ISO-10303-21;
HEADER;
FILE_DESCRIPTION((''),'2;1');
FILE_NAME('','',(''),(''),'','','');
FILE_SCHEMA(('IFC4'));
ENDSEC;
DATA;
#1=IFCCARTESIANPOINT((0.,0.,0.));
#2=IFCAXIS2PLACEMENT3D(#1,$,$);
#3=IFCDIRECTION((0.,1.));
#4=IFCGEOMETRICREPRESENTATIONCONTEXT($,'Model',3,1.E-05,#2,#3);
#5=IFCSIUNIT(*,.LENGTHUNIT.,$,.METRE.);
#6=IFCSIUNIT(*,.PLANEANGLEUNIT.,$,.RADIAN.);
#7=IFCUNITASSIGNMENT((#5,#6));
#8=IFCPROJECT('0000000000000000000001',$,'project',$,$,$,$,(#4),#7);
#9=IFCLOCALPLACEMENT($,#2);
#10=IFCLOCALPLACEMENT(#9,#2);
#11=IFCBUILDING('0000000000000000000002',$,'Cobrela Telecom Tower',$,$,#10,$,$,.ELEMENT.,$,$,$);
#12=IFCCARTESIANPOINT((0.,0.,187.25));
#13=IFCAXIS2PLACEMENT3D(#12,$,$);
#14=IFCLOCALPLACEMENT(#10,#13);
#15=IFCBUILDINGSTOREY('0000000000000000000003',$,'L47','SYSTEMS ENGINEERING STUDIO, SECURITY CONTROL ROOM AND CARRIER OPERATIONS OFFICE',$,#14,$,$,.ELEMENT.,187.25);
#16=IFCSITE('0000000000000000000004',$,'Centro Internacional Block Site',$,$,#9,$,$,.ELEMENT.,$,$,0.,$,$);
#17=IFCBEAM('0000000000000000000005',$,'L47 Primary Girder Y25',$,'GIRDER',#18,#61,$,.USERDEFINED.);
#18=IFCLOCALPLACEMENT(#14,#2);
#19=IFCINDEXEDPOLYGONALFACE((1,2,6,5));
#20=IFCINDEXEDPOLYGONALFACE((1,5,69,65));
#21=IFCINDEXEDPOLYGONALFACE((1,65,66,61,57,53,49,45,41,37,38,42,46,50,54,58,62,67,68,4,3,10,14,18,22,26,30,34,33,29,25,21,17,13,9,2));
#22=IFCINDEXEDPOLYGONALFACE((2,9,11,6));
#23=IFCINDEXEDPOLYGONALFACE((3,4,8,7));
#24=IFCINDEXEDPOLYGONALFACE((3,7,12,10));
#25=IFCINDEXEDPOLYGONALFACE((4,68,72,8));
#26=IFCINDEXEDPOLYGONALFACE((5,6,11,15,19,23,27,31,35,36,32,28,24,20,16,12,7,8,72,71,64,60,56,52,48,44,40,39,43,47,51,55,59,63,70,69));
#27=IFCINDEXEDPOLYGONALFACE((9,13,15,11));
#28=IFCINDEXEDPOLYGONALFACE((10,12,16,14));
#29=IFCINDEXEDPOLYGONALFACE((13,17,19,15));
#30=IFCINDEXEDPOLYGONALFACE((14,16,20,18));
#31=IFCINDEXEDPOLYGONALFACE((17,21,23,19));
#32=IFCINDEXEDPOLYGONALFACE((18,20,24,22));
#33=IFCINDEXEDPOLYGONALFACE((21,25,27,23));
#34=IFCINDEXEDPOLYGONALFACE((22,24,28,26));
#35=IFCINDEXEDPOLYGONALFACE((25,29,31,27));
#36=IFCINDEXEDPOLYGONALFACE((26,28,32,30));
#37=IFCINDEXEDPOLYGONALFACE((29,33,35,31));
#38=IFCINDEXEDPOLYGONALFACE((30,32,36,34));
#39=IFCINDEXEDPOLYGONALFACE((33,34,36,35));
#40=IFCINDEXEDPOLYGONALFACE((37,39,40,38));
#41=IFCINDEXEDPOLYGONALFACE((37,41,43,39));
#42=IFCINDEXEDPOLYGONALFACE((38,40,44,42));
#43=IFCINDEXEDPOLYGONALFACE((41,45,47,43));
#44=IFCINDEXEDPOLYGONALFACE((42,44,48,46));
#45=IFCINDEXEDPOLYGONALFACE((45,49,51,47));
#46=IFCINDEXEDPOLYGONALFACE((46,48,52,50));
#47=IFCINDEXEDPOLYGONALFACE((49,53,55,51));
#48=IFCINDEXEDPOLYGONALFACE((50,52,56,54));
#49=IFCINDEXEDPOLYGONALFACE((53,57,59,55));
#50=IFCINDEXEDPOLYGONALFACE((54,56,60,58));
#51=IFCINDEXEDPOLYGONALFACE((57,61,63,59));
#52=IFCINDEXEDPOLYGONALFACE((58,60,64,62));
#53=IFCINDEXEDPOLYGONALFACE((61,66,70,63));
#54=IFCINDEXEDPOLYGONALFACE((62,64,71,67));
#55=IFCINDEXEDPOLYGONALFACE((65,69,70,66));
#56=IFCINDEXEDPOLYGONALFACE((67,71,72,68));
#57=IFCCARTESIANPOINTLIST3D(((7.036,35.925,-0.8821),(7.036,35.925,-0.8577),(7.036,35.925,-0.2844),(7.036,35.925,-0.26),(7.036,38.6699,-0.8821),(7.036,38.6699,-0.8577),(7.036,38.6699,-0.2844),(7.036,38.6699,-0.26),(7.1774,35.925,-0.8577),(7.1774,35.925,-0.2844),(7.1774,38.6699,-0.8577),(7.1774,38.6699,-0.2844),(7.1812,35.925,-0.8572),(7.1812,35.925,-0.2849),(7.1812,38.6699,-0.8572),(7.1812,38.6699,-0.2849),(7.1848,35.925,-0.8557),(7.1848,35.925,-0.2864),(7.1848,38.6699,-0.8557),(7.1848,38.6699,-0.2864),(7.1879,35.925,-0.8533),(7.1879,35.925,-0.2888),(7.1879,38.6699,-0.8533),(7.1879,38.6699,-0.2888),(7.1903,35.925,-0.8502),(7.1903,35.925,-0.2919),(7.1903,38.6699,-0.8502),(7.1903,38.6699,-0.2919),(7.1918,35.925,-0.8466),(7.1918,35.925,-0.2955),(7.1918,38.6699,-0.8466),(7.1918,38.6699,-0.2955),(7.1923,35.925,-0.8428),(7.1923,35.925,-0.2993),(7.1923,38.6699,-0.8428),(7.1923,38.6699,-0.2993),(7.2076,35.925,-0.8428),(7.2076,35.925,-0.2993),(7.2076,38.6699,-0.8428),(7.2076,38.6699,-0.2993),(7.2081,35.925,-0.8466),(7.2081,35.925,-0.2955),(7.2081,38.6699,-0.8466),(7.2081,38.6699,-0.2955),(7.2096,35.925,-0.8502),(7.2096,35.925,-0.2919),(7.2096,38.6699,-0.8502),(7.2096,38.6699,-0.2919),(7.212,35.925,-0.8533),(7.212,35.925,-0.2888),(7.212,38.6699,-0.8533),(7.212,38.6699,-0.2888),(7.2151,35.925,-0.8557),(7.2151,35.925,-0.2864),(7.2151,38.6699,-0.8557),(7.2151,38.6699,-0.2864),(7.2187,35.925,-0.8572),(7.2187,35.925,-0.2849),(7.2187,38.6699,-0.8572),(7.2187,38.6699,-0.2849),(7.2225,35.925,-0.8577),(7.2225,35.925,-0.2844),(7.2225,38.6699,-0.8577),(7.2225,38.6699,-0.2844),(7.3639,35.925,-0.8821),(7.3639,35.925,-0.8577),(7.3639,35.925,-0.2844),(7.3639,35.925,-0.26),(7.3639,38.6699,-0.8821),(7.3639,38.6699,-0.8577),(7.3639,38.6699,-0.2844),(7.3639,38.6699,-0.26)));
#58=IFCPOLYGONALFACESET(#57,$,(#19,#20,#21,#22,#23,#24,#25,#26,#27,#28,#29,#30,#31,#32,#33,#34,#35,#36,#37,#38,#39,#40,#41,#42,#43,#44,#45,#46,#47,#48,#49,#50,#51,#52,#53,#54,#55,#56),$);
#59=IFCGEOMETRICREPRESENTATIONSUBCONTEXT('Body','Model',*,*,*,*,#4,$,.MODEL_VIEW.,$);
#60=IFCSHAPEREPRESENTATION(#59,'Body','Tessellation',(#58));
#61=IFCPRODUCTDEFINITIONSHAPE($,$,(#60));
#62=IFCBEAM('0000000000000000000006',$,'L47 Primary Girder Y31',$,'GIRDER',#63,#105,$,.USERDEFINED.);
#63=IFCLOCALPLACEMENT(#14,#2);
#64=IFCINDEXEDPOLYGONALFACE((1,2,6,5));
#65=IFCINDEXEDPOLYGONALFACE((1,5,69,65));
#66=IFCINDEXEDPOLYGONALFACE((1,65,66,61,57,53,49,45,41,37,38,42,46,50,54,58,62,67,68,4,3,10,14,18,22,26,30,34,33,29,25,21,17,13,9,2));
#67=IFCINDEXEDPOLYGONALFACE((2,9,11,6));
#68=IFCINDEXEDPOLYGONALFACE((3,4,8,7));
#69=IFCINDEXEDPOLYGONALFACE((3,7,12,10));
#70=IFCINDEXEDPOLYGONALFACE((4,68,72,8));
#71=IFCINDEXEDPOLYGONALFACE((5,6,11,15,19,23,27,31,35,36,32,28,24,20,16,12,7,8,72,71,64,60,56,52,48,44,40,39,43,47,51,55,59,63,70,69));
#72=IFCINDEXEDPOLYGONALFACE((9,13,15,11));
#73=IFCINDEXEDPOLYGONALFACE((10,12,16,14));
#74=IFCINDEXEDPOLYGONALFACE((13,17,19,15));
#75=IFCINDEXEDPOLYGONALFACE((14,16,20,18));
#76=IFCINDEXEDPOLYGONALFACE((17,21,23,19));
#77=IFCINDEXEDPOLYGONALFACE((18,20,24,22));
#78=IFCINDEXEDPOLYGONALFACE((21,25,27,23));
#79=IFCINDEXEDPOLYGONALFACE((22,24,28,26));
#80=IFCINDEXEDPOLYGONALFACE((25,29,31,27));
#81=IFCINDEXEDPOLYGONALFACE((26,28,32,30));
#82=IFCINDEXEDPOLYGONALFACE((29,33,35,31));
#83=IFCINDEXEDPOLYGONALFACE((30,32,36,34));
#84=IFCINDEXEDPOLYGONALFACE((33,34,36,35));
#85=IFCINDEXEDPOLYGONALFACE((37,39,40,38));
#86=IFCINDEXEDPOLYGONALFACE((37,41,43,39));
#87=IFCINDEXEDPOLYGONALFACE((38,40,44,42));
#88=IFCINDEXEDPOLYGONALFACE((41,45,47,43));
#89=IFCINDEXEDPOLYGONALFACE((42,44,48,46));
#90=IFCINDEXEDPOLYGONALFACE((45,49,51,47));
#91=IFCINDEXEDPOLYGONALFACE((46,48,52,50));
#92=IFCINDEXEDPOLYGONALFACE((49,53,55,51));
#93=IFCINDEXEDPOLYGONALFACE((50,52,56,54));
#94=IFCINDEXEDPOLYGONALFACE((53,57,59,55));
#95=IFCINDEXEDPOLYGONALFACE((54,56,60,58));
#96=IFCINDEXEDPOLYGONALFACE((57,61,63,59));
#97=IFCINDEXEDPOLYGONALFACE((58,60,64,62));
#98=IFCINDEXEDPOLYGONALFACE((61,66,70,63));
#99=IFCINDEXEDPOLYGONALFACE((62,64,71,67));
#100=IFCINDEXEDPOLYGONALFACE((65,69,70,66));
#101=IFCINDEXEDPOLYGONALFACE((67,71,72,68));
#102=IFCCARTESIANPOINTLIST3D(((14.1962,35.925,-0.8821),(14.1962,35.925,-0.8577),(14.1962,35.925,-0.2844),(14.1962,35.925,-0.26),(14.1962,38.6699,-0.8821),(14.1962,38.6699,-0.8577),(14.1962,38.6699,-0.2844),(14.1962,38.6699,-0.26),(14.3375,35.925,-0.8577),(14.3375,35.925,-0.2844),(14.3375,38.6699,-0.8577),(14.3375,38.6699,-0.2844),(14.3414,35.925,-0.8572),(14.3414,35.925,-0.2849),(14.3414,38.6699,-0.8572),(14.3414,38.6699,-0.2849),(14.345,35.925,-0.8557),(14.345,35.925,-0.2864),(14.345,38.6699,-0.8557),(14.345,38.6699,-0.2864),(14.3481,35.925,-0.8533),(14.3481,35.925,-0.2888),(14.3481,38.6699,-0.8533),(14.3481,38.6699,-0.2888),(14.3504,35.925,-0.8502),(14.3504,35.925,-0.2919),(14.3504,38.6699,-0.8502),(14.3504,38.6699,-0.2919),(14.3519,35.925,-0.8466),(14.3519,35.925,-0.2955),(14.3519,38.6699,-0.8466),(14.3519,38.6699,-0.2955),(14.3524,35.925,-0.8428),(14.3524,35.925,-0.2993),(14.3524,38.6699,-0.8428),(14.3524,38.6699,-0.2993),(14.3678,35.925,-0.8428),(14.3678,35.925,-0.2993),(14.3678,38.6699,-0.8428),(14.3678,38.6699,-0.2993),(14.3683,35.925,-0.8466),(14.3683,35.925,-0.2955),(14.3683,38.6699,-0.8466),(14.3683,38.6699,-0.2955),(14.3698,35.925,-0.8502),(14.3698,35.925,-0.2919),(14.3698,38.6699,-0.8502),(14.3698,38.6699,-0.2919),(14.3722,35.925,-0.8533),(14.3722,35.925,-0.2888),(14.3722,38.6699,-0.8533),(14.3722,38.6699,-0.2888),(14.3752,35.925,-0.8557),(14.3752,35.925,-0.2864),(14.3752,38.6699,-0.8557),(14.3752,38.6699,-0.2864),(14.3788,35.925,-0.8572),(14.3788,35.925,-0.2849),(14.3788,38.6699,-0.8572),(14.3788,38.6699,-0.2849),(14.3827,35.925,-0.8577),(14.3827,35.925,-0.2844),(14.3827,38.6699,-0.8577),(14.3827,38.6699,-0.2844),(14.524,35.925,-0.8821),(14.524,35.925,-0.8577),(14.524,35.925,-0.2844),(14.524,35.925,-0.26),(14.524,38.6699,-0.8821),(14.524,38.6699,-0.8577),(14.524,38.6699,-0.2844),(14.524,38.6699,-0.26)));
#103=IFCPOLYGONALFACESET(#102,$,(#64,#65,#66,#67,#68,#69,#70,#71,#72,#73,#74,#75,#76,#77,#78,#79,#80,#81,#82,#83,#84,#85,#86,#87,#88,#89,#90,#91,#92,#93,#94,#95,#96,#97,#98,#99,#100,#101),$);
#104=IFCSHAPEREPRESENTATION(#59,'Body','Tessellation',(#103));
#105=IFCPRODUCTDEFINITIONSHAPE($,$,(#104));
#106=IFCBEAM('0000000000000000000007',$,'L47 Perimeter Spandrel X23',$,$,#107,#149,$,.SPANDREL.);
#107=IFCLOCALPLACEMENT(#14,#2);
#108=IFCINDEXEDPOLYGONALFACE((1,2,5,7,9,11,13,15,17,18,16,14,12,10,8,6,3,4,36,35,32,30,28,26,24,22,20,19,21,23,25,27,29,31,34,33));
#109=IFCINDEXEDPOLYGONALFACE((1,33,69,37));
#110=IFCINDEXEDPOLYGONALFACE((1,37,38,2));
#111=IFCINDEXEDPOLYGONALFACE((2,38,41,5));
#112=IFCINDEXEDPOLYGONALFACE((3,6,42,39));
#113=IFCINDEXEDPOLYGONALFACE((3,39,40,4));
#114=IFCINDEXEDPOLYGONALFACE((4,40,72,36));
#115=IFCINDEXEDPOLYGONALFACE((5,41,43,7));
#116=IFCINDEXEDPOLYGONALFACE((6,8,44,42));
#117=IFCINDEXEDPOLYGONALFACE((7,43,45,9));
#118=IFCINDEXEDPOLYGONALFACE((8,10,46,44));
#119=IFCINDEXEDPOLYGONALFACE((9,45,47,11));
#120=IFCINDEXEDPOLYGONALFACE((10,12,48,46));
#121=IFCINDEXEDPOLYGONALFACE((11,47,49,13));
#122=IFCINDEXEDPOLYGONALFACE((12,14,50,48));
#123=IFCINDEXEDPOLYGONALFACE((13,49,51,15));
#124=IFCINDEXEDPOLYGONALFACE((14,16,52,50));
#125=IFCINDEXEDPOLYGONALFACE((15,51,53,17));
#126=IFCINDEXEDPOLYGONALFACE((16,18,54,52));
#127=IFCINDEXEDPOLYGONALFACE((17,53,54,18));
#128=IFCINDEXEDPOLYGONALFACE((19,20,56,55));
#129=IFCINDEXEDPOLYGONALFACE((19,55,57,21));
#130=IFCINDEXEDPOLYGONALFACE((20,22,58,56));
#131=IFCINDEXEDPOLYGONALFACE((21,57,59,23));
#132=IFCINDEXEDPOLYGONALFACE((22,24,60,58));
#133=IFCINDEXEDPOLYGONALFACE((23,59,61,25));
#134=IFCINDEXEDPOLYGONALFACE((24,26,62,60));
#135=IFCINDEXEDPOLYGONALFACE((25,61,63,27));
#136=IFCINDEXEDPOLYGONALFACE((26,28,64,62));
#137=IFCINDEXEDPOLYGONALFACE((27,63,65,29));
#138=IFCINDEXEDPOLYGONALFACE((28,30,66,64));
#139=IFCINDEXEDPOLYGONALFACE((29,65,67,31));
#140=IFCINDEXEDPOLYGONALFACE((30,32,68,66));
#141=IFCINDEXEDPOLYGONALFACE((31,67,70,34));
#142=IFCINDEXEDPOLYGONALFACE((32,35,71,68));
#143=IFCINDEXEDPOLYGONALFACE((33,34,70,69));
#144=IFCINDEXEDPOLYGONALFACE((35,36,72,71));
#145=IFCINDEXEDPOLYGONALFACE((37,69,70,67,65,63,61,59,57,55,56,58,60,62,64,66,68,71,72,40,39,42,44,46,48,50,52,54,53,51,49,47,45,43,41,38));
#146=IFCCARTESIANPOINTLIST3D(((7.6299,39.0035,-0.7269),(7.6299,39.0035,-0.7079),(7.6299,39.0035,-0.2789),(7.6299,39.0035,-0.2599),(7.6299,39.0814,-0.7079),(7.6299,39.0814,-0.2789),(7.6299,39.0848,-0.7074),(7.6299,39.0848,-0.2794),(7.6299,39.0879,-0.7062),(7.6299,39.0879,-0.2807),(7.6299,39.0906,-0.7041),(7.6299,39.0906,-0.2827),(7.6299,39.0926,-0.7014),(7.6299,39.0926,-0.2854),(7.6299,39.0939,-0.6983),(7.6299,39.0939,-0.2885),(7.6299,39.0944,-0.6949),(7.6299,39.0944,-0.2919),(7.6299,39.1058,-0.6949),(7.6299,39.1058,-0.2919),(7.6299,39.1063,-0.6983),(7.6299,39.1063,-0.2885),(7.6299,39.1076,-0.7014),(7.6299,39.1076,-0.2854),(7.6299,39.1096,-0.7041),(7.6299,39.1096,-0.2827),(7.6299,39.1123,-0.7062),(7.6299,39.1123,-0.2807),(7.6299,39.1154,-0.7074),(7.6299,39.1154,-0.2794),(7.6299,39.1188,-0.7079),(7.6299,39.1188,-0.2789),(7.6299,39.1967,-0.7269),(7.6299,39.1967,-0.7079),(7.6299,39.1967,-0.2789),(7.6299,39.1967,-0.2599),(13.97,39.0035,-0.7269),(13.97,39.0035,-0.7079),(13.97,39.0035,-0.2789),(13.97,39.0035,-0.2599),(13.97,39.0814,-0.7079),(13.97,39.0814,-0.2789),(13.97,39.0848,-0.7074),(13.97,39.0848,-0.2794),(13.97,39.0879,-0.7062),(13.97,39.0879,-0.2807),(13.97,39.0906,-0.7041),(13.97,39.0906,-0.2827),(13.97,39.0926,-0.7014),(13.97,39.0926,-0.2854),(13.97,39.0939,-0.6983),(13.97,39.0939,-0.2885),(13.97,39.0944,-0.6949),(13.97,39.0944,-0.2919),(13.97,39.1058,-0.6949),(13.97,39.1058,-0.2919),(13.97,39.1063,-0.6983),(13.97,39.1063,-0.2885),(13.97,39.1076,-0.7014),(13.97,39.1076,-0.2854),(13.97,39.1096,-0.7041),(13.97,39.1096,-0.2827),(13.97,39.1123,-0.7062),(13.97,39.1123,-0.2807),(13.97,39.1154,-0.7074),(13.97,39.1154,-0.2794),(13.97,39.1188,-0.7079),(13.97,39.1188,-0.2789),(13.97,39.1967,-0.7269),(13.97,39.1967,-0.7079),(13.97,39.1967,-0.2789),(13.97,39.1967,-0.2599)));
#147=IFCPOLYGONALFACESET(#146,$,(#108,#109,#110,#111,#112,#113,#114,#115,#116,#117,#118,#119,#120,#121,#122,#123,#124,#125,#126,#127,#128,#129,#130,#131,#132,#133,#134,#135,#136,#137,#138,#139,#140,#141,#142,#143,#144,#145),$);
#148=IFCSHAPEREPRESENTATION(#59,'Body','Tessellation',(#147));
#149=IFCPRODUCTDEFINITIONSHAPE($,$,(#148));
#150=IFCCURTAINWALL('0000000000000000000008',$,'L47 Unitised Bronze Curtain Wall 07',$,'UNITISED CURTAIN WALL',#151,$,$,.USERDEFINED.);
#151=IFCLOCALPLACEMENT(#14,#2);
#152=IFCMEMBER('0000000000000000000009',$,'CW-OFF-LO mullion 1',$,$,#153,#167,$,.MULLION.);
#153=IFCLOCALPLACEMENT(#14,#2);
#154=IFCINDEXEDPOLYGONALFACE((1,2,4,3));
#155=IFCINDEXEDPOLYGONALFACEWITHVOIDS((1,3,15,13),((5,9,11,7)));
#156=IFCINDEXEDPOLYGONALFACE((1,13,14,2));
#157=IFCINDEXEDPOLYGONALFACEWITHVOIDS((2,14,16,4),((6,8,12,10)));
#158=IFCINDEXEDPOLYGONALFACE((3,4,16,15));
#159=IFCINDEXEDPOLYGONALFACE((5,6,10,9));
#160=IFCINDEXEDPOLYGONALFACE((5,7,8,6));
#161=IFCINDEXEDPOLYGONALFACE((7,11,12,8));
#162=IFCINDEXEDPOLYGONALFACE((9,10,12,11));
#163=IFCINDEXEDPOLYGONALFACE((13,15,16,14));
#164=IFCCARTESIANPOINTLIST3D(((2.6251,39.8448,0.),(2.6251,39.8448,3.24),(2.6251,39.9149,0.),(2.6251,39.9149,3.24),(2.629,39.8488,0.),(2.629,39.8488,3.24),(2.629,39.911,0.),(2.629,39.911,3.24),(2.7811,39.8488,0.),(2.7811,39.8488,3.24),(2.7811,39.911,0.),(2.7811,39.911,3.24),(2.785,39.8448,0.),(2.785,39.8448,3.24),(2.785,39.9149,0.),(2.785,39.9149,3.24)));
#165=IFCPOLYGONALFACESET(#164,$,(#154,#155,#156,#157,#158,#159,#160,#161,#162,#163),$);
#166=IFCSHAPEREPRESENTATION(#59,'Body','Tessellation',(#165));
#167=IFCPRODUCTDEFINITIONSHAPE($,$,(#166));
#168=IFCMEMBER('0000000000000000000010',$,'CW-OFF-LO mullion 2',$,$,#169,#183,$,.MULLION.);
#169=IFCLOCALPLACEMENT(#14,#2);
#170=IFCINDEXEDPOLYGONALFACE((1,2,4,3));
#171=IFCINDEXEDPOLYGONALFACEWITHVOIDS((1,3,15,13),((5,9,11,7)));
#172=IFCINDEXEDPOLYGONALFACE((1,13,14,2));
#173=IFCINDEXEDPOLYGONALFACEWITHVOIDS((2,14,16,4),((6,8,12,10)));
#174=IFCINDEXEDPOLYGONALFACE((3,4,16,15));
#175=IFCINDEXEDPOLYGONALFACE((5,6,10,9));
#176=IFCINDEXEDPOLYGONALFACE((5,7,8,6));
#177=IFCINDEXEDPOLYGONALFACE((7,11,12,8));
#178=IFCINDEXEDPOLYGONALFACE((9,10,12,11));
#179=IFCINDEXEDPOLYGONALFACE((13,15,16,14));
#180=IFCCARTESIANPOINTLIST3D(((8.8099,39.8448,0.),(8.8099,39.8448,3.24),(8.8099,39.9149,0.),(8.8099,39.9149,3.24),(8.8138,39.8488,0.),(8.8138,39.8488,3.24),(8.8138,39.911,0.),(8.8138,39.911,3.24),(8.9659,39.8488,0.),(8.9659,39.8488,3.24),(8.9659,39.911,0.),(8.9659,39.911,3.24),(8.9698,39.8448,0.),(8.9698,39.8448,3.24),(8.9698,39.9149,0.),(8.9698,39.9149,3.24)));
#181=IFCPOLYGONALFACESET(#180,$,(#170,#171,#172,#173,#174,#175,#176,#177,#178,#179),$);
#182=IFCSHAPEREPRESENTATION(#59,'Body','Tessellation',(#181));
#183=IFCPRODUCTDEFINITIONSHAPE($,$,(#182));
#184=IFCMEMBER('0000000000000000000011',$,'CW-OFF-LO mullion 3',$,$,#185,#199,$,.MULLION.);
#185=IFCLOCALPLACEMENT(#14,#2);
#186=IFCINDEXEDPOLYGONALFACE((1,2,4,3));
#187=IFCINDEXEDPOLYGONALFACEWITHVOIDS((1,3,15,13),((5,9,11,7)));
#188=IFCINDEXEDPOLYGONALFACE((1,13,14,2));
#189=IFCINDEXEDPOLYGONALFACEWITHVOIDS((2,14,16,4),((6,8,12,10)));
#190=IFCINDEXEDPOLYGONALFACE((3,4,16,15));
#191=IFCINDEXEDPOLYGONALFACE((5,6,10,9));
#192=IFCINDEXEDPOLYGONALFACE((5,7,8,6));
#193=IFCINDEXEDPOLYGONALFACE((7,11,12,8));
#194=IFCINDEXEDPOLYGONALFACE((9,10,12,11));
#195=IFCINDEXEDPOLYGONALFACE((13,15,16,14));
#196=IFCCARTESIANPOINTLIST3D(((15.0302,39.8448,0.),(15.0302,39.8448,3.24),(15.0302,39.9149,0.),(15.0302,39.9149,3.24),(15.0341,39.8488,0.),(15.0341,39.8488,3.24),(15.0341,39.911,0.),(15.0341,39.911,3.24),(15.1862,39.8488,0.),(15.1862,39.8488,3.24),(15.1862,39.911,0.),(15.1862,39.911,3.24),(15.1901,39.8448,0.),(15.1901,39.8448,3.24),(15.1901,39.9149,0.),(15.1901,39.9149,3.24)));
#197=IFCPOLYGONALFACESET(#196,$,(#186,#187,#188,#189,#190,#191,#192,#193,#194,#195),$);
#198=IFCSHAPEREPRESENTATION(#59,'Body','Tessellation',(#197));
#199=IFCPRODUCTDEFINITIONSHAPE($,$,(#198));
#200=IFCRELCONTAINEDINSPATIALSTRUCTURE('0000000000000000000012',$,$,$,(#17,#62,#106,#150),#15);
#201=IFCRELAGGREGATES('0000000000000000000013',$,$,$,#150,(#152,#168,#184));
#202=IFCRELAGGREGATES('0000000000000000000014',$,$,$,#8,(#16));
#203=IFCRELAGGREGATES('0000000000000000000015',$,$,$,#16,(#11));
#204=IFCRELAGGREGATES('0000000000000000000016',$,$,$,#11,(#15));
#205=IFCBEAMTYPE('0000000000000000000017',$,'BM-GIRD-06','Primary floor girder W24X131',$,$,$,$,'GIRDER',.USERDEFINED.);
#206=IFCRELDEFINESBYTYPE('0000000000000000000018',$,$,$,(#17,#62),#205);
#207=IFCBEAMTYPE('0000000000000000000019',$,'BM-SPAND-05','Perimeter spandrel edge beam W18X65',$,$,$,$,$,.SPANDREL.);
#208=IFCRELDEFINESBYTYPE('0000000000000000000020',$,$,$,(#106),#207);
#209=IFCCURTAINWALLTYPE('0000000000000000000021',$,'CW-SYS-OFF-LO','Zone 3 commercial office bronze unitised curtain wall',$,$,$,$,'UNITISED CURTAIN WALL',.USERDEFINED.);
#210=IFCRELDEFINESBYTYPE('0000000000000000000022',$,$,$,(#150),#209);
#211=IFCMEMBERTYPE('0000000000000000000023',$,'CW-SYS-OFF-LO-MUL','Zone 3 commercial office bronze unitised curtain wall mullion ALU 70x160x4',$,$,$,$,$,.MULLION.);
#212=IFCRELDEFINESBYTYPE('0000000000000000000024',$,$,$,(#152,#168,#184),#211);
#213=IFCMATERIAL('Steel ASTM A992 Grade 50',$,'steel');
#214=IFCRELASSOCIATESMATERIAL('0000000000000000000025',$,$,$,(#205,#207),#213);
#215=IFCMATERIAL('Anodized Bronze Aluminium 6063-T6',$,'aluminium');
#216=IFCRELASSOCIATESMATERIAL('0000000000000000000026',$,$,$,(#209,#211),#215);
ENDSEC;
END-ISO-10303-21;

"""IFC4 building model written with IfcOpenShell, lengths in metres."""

from ifc_helpers import new_model, si_unit, direction, frame, origin, origin_2d, place, context, subcontext, project, spatial, hollow_rectangle, i_section, extrude, material, material_profile, profile_set, type_object, element, aggregate, save


model = new_model("IFC4")

# Units and contexts
model_context = context("Model", 3, precision=1e-05, world=origin(), true_north=direction((0.0, 1.0)))
body_context = subcontext(model_context, "Body", "Model", "MODEL_VIEW")
ifc_project = project(units=[si_unit("LENGTHUNIT", "METRE"), si_unit("PLANEANGLEUNIT", "RADIAN")], contexts=[model_context])

# Site, building, storey
site_placement = place(None, origin())
site = spatial("IfcSite", under=ifc_project, at=site_placement, Name="Centro Internacional Block Site", CompositionType="ELEMENT", RefElevation=0.0)
building_placement = place(site_placement, origin())
building = spatial("IfcBuilding", under=site, at=building_placement, Name="Cobrela Telecom Tower", CompositionType="ELEMENT")
storey_placement = place(building_placement, frame((0.0, 0.0, 187.25)))
storey = spatial("IfcBuildingStorey", under=building, at=storey_placement, Name="L47", Description="SYSTEMS ENGINEERING STUDIO, SECURITY CONTROL ROOM AND CARRIER OPERATIONS OFFICE", CompositionType="ELEMENT", Elevation=187.25)

# Beams
ifc_material_1 = material(Name="Steel ASTM A992 Grade 50", Category="steel")
ifc_material_profile_1 = material_profile(ifc_material_1, i_section(OverallWidth=0.3279, OverallDepth=0.6221, WebThickness=0.0154, FlangeThickness=0.0244, FilletRadius=0.0149, at=origin_2d()), Name="W24X131")
ifc_profile_set_1 = profile_set([ifc_material_profile_1], Name="Steel ASTM A992 Grade 50")
beam_type_1 = type_object("IfcBeamType", Name="BM-GIRD-06", Description="Primary floor girder W24X131", ElementType="GIRDER", PredefinedType="USERDEFINED", material=ifc_profile_set_1)
for number, where, z_axis, x_axis, name in (
    (1, (7.2, 35.925, -0.571), (0.0, 1.0, 0.0), (-1.0, 0.0, 0.0), "L47 Primary Girder Y25"),
    (2, (14.3601, 35.925, -0.571), (0.0, 1.0, 0.0), (-1.0, 0.0, 0.0), "L47 Primary Girder Y31"),
):
    element("IfcBeam", number, at=place(storey_placement, frame(where, z_axis=z_axis, x_axis=x_axis)), inside=storey, type_object=beam_type_1, Name=name, ObjectType="GIRDER", PredefinedType="USERDEFINED", context=body_context, shape_type="SweptSolid", body=[
        extrude(i_section(OverallWidth=0.3279, OverallDepth=0.6221, WebThickness=0.0154, FlangeThickness=0.0244, FilletRadius=0.0149, at=origin_2d()), origin(), (0.0, 0.0, 1.0), 2.7449),
    ])
ifc_material_profile_2 = material_profile(ifc_material_1, i_section(OverallWidth=0.1931, OverallDepth=0.467, WebThickness=0.0115, FlangeThickness=0.019, FilletRadius=0.0129, at=origin_2d()), Name="W18X65")
ifc_profile_set_2 = profile_set([ifc_material_profile_2], Name="Steel ASTM A992 Grade 50")
beam_type_2 = type_object("IfcBeamType", Name="BM-SPAND-05", Description="Perimeter spandrel edge beam W18X65", PredefinedType="SPANDREL", material=ifc_profile_set_2)
beam_1_placement = place(storey_placement, frame((7.6299, 39.1001, -0.4934), z_axis=(1.0, 0.0, 0.0), x_axis=(0.0, 1.0, 0.0)))
element("IfcBeam", 3, at=beam_1_placement, inside=storey, type_object=beam_type_2, Name="L47 Perimeter Spandrel X23", PredefinedType="SPANDREL", context=body_context, shape_type="SweptSolid", body=[
    extrude(i_section(OverallWidth=0.1931, OverallDepth=0.467, WebThickness=0.0115, FlangeThickness=0.019, FilletRadius=0.0129, at=origin_2d()), origin(), (0.0, 0.0, 1.0), 6.3401),
])

# Curtain wall, members
ifc_material_2 = material(Name="Anodized Bronze Aluminium 6063-T6", Category="aluminium")
curtain_wall_type = type_object("IfcCurtainWallType", Name="CW-SYS-OFF-LO", Description="Zone 3 commercial office bronze unitised curtain wall", ElementType="UNITISED CURTAIN WALL", PredefinedType="USERDEFINED", material=ifc_material_2)
curtain_wall_placement = place(storey_placement, origin())
curtain_wall = element("IfcCurtainWall", 4, at=curtain_wall_placement, inside=storey, type_object=curtain_wall_type, Name="L47 Unitised Bronze Curtain Wall 07", ObjectType="UNITISED CURTAIN WALL", PredefinedType="USERDEFINED")
ifc_material_profile_3 = material_profile(ifc_material_2, hollow_rectangle(XDim=0.0701, YDim=0.1599, WallThickness=0.0039, at=origin_2d()), Name="ALU 70x160x4")
ifc_profile_set_3 = profile_set([ifc_material_profile_3], Name="Anodized Bronze Aluminium 6063-T6")
member_type_1 = type_object("IfcMemberType", Name="CW-SYS-OFF-LO-MUL", Description="Zone 3 commercial office bronze unitised curtain wall mullion ALU 70x160x4", PredefinedType="MULLION", material=ifc_profile_set_3)
member_1_placement = place(storey_placement, frame((2.7051, 39.8799, 0.0), z_axis=(0.0, 0.0, 1.0), x_axis=(0.0, 1.0, 0.0)))
member_1 = element("IfcMember", 5, at=member_1_placement, type_object=member_type_1, Name="CW-OFF-LO mullion 1", PredefinedType="MULLION", context=body_context, shape_type="SweptSolid", body=[
    extrude(hollow_rectangle(XDim=0.0701, YDim=0.1599, WallThickness=0.0039, at=origin_2d()), origin(), (0.0, 0.0, 1.0), 3.24),
])
member_2_placement = place(storey_placement, frame((8.8899, 39.8799, 0.0), z_axis=(0.0, 0.0, 1.0), x_axis=(0.0, 1.0, 0.0)))
member_2 = element("IfcMember", 6, at=member_2_placement, type_object=member_type_1, Name="CW-OFF-LO mullion 2", PredefinedType="MULLION", context=body_context, shape_type="SweptSolid", body=[
    extrude(hollow_rectangle(XDim=0.0701, YDim=0.1599, WallThickness=0.0039, at=origin_2d()), origin(), (0.0, 0.0, 1.0), 3.24),
])
member_3_placement = place(storey_placement, frame((15.1101, 39.8799, 0.0), z_axis=(0.0, 0.0, 1.0), x_axis=(0.0, 1.0, 0.0)))
member_3 = element("IfcMember", 7, at=member_3_placement, type_object=member_type_1, Name="CW-OFF-LO mullion 3", PredefinedType="MULLION", context=body_context, shape_type="SweptSolid", body=[
    extrude(hollow_rectangle(XDim=0.0701, YDim=0.1599, WallThickness=0.0039, at=origin_2d()), origin(), (0.0, 0.0, 1.0), 3.24),
])

aggregate(curtain_wall, [member_1, member_2, member_3])

save(model, "model.ifc")
